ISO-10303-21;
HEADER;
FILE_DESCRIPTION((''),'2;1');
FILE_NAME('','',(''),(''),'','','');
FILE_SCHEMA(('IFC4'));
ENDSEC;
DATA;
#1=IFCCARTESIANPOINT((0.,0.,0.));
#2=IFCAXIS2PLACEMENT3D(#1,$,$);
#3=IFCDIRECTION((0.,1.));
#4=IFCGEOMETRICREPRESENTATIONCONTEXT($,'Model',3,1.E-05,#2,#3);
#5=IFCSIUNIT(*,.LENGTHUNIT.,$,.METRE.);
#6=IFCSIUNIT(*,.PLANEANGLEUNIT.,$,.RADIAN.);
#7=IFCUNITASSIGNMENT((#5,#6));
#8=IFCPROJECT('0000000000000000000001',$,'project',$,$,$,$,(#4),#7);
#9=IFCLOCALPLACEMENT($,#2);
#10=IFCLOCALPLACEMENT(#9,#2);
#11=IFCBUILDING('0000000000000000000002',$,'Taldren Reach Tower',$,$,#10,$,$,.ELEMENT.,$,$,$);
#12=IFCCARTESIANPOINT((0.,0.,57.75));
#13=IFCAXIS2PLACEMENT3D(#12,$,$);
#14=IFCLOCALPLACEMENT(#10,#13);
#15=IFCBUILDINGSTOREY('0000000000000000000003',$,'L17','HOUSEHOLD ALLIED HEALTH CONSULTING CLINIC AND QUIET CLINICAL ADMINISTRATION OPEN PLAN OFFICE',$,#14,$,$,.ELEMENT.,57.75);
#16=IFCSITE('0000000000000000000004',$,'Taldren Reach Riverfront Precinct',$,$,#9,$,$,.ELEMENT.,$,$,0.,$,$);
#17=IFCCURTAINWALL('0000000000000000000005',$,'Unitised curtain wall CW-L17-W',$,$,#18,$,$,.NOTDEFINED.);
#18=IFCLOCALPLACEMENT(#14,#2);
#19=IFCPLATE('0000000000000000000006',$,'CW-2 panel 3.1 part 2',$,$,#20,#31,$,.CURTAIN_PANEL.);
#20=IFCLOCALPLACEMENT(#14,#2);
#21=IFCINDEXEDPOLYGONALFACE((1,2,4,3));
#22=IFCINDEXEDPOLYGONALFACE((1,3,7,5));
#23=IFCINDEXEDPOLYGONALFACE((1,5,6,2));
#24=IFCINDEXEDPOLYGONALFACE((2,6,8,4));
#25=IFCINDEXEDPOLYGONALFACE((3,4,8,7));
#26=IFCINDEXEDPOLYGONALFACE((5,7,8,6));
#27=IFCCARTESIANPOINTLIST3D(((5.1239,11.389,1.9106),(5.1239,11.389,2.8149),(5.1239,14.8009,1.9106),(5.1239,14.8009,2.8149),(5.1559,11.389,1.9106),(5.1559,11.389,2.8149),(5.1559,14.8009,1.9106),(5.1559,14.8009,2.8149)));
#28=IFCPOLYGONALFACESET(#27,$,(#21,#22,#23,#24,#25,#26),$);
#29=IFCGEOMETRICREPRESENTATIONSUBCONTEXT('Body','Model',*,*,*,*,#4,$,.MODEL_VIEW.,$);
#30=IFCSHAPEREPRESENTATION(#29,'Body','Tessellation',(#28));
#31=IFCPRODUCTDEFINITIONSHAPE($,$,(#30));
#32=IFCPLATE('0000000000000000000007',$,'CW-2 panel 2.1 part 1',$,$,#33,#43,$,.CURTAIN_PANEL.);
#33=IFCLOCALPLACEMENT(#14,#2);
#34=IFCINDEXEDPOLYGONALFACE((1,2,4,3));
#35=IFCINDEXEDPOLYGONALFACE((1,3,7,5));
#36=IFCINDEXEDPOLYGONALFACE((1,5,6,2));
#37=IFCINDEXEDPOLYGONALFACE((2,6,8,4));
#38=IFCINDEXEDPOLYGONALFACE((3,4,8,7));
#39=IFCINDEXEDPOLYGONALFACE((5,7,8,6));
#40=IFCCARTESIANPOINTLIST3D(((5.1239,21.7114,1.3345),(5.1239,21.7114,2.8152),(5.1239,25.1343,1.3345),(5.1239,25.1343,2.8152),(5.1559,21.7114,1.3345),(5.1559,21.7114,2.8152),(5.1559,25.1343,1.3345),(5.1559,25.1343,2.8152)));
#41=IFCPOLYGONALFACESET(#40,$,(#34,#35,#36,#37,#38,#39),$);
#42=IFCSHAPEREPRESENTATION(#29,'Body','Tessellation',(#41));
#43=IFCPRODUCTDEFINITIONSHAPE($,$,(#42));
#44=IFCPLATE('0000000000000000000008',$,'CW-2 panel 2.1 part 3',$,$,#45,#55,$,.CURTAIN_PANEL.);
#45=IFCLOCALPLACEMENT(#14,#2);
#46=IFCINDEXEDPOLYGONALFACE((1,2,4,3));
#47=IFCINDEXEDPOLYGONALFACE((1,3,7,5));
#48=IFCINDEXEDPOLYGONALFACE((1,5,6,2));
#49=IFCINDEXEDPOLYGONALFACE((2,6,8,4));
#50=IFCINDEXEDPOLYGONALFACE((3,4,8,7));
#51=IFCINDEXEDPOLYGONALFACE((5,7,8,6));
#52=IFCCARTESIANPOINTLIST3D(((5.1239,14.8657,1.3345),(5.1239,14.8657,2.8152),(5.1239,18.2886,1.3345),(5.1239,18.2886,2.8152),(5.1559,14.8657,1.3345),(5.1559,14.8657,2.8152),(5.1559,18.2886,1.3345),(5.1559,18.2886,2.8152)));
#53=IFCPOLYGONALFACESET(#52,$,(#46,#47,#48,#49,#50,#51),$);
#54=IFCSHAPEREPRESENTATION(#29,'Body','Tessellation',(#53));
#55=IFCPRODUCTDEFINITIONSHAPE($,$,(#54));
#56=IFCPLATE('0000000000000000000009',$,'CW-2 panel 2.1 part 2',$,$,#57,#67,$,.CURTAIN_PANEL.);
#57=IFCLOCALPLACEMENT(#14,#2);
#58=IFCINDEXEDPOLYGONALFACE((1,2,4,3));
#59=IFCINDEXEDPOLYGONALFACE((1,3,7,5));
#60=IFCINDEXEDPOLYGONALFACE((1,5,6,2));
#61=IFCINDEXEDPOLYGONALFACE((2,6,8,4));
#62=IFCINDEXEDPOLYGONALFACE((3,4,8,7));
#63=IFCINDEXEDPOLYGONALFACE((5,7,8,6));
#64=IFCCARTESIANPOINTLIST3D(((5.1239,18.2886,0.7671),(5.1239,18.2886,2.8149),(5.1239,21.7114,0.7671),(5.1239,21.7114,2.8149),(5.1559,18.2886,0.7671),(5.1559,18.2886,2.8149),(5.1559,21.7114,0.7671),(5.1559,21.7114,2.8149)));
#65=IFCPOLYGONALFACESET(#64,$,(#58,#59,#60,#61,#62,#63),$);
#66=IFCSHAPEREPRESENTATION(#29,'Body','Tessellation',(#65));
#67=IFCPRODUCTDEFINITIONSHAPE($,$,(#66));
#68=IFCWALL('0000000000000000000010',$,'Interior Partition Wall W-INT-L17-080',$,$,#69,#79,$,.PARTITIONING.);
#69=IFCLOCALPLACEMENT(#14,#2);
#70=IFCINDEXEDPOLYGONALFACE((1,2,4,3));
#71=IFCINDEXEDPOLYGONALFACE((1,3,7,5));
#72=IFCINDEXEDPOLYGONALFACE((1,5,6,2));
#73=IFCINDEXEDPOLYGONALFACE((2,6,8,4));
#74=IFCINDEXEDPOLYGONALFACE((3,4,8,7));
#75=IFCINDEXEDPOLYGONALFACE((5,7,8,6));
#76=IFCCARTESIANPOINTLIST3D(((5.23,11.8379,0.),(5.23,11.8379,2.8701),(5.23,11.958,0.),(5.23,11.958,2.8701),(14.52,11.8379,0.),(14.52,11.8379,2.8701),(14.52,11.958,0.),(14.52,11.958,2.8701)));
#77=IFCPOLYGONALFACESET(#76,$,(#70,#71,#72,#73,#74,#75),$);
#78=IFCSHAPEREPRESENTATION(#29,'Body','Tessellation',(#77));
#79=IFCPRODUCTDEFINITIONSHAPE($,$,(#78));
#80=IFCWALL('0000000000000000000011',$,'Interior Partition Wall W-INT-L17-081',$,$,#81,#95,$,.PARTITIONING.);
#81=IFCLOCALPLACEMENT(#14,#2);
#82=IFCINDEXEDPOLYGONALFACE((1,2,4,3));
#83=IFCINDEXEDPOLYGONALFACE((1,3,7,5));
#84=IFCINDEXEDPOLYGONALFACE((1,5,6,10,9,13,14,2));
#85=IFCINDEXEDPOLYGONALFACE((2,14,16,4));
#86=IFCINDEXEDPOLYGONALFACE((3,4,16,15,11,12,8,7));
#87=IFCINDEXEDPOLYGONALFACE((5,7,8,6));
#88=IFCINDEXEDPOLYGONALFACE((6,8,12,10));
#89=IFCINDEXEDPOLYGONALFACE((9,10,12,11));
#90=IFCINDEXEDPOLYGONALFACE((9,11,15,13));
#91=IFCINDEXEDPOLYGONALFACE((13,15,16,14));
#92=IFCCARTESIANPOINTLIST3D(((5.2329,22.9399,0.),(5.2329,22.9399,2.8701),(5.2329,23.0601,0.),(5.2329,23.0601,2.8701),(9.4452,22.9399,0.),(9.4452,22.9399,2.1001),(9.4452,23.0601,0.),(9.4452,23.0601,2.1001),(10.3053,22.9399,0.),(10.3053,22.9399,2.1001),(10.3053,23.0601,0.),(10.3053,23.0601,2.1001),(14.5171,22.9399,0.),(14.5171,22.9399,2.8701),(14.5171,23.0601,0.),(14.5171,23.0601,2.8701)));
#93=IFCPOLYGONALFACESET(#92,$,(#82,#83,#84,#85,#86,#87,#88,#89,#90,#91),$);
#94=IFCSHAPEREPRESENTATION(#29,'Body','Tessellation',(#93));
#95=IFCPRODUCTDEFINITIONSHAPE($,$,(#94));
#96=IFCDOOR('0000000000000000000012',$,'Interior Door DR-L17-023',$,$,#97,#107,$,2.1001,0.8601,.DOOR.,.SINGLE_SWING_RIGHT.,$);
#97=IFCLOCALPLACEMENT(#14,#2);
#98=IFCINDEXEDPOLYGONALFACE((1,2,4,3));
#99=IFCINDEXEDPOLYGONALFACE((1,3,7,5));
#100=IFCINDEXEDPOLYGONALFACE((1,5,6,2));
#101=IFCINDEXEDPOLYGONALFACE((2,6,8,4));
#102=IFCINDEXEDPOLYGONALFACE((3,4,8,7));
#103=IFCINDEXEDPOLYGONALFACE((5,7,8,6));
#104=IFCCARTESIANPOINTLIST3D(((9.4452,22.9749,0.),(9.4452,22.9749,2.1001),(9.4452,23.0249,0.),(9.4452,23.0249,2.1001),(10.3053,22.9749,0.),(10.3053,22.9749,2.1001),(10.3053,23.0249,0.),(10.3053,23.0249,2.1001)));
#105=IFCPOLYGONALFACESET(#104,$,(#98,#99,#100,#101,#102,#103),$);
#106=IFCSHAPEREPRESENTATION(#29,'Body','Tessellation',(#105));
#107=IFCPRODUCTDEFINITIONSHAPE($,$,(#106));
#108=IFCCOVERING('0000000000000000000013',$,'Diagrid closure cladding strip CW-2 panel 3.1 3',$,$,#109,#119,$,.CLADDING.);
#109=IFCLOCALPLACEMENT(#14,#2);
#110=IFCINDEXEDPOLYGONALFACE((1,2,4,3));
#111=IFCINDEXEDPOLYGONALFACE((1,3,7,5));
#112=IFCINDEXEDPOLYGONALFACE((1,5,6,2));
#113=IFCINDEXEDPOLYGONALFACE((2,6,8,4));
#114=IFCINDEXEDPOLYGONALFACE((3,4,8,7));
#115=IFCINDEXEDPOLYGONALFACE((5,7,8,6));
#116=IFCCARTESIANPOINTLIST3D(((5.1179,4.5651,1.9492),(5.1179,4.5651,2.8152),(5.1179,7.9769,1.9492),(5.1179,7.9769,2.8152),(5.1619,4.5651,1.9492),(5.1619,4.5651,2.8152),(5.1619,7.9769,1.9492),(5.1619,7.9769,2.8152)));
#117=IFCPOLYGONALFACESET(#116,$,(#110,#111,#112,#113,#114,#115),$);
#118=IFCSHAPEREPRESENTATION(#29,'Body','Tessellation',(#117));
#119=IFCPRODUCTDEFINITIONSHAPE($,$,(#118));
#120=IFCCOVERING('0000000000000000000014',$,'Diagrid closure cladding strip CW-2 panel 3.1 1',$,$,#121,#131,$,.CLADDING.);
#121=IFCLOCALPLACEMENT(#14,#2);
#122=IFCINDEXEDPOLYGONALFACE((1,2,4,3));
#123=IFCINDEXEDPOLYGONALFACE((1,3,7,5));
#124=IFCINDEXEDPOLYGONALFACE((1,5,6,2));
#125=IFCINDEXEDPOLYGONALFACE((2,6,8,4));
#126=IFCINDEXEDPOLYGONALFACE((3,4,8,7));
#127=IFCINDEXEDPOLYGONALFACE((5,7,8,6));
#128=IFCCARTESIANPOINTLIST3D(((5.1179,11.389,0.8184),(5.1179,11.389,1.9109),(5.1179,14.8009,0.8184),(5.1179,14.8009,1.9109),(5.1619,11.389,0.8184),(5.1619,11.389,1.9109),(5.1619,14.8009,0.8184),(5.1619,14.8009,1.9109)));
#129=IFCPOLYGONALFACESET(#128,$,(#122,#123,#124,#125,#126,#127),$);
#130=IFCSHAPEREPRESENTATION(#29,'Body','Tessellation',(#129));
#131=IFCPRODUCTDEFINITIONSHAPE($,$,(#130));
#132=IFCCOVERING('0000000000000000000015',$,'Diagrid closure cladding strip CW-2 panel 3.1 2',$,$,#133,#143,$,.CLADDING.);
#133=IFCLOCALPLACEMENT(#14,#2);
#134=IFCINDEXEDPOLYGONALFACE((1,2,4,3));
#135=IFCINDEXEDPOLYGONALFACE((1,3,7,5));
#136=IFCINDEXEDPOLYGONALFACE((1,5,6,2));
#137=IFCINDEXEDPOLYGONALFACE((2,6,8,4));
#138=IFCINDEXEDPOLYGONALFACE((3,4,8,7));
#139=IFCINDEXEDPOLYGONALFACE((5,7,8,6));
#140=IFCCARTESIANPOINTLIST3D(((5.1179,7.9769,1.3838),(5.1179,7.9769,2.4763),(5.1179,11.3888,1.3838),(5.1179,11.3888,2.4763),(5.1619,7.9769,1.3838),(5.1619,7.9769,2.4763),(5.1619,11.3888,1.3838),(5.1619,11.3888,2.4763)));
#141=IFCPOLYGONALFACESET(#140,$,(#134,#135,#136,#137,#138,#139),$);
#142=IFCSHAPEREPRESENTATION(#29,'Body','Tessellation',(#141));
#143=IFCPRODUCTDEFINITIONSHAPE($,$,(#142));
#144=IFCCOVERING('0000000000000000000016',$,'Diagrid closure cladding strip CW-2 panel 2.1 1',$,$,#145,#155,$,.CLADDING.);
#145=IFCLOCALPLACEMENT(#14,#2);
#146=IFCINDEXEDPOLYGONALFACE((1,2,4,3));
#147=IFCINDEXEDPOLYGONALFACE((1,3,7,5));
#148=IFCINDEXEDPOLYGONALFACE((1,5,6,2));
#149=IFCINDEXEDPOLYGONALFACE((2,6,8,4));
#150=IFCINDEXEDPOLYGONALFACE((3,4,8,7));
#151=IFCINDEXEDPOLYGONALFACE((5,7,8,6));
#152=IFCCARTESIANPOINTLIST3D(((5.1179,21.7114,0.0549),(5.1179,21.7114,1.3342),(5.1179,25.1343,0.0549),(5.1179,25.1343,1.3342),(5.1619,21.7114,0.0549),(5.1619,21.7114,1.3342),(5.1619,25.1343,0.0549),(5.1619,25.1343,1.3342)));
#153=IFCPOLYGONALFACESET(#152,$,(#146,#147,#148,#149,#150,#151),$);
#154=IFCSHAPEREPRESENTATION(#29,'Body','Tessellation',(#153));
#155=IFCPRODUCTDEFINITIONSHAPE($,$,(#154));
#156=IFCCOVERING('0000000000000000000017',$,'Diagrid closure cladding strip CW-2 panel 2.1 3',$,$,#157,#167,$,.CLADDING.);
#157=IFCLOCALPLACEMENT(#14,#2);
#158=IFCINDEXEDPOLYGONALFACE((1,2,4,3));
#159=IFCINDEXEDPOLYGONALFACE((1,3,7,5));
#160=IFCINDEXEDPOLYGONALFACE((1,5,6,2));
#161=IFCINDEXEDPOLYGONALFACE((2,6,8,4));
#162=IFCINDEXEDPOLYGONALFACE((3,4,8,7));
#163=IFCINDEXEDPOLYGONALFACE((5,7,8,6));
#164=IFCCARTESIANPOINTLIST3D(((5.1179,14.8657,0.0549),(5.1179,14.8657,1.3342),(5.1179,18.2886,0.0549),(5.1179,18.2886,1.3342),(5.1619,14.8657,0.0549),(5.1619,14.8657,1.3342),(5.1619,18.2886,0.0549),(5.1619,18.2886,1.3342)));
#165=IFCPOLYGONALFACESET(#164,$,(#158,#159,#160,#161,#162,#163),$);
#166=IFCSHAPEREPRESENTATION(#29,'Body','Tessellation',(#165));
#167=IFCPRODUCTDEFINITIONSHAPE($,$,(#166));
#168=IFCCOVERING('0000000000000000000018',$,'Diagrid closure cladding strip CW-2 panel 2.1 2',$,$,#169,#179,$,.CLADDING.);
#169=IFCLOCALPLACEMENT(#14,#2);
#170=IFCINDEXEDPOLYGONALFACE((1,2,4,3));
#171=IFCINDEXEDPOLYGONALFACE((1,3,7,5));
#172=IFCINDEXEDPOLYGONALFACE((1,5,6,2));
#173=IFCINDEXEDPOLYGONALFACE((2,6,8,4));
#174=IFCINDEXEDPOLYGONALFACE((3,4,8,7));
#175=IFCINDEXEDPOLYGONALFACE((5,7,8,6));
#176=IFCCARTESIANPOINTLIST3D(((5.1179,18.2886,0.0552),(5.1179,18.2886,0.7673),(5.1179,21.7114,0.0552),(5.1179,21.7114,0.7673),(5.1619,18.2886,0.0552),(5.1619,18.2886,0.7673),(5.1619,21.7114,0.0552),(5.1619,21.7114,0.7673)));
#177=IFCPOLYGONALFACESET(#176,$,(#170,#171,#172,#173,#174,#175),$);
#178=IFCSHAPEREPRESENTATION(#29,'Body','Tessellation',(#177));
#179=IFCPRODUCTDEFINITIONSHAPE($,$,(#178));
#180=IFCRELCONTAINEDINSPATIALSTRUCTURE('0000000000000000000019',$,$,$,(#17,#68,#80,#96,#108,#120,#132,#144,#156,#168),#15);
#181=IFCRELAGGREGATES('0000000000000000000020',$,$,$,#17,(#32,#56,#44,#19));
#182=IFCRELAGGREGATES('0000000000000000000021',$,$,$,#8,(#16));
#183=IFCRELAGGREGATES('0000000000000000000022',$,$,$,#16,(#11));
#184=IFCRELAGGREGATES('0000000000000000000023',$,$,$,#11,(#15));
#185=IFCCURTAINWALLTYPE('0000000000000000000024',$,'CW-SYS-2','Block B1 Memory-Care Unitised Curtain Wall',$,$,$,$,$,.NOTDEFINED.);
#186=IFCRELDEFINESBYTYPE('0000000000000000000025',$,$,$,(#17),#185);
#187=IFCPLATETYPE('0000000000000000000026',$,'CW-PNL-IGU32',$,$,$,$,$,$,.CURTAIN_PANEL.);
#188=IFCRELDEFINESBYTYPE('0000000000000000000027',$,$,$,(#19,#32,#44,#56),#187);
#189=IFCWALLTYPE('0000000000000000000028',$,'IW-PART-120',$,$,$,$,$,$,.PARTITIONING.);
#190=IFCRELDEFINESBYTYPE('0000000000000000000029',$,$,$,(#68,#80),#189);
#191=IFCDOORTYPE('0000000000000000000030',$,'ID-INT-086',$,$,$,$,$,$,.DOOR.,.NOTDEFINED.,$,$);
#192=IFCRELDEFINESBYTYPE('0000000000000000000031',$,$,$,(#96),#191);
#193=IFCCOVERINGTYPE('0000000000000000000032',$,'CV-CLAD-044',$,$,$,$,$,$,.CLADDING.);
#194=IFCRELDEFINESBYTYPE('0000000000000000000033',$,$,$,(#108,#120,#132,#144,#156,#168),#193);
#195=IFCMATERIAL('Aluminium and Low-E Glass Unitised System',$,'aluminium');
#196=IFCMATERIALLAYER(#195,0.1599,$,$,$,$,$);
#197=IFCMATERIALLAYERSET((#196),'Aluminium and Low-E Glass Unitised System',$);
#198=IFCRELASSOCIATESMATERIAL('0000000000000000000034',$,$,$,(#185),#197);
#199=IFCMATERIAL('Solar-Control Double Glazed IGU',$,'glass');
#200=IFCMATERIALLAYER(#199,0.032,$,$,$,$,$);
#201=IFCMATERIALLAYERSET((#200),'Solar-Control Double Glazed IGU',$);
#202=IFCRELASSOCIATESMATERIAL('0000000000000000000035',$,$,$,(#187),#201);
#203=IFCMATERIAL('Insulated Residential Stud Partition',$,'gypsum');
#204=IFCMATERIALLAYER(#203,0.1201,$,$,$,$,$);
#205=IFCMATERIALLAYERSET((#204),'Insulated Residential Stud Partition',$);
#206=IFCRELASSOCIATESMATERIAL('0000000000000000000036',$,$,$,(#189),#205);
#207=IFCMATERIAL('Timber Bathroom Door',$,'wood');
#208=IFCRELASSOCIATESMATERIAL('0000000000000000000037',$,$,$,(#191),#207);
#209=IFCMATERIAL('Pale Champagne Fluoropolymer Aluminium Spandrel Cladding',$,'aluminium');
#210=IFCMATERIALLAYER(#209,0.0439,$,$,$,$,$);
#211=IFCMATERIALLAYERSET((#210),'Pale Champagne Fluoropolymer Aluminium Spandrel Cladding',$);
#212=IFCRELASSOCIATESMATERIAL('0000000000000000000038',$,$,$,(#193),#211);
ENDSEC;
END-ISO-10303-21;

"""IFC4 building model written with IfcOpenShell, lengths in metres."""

from ifc_helpers import new_model, si_unit, direction, frame, frame_2d, origin, origin_2d, place, context, subcontext, project, spatial, rectangle, extrude, source, transform, mapped, material, layer, layer_set, type_object, element, fill, aggregate, save


model = new_model("IFC4")

# Units and contexts
model_context = context("Model", 3, precision=1e-05, world=origin(), true_north=direction((0.0, 1.0)))
body_context = subcontext(model_context, "Body", "Model", "MODEL_VIEW")
ifc_project = project(units=[si_unit("LENGTHUNIT", "METRE"), si_unit("PLANEANGLEUNIT", "RADIAN")], contexts=[model_context])

# Site, building, storey
site_placement = place(None, origin())
site = spatial("IfcSite", under=ifc_project, at=site_placement, Name="Taldren Reach Riverfront Precinct", CompositionType="ELEMENT", RefElevation=0.0)
building_placement = place(site_placement, origin())
building = spatial("IfcBuilding", under=site, at=building_placement, Name="Taldren Reach Tower", CompositionType="ELEMENT")
storey_placement = place(building_placement, frame((0.0, 0.0, 57.75)))
storey = spatial("IfcBuildingStorey", under=building, at=storey_placement, Name="L17", Description="HOUSEHOLD ALLIED HEALTH CONSULTING CLINIC AND QUIET CLINICAL ADMINISTRATION OPEN PLAN OFFICE", CompositionType="ELEMENT", Elevation=57.75)

# Curtain wall
ifc_material_1 = material(Name="Aluminium and Low-E Glass Unitised System", Category="aluminium")
ifc_layer_1 = layer(ifc_material_1, 0.1599)
ifc_layer_set_1 = layer_set([ifc_layer_1], Name="Aluminium and Low-E Glass Unitised System")
curtain_wall_type = type_object("IfcCurtainWallType", Name="CW-SYS-2", Description="Block B1 Memory-Care Unitised Curtain Wall", PredefinedType="NOTDEFINED", material=ifc_layer_set_1)
curtain_wall_placement = place(storey_placement, origin())
curtain_wall = element("IfcCurtainWall", 1, at=curtain_wall_placement, inside=storey, type_object=curtain_wall_type, Name="Unitised curtain wall CW-L17-W", PredefinedType="NOTDEFINED")

# Plates
ifc_material_2 = material(Name="Solar-Control Double Glazed IGU", Category="glass")
ifc_layer_2 = layer(ifc_material_2, 0.032)
ifc_layer_set_2 = layer_set([ifc_layer_2], Name="Solar-Control Double Glazed IGU")
plate_type_1 = type_object("IfcPlateType", Name="CW-PNL-IGU32", PredefinedType="CURTAIN_PANEL", material=ifc_layer_set_2)
shared_shape_1 = source(origin(), body_context, "Body", "SweptSolid", [
    extrude(rectangle(XDim=3.4119, YDim=0.032, at=origin_2d()), origin(), (0.0, 0.0, 1.0), 0.9043),
])
plate_1_placement = place(storey_placement, frame((5.1399, 13.095, 1.9106), z_axis=(0.0, 0.0, 1.0), x_axis=(0.0, -1.0, 0.0)))
plate_1 = element("IfcPlate", 2, at=plate_1_placement, type_object=plate_type_1, Name="CW-2 panel 3.1 part 2", PredefinedType="CURTAIN_PANEL", context=body_context, shape_type="MappedRepresentation", body=[
    mapped(shared_shape_1, transform((0.0, 0.0, 0.0), scale=1.0)),
])
shared_shape_2 = source(origin(), body_context, "Body", "SweptSolid", [
    extrude(rectangle(XDim=3.4229, YDim=0.032, at=origin_2d()), origin(), (0.0, 0.0, 1.0), 1.4807),
])
plate_2_placement = place(storey_placement, frame((5.1399, 23.4229, 1.3345), z_axis=(0.0, 0.0, 1.0), x_axis=(0.0, -1.0, 0.0)))
plate_2 = element("IfcPlate", 3, at=plate_2_placement, type_object=plate_type_1, Name="CW-2 panel 2.1 part 1", PredefinedType="CURTAIN_PANEL", context=body_context, shape_type="MappedRepresentation", body=[
    mapped(shared_shape_2, transform((0.0, 0.0, 0.0), scale=1.0)),
])
plate_3_placement = place(storey_placement, frame((5.1399, 16.5771, 1.3345), z_axis=(0.0, 0.0, 1.0), x_axis=(0.0, -1.0, 0.0)))
plate_3 = element("IfcPlate", 4, at=plate_3_placement, type_object=plate_type_1, Name="CW-2 panel 2.1 part 3", PredefinedType="CURTAIN_PANEL", context=body_context, shape_type="MappedRepresentation", body=[
    mapped(shared_shape_2, transform((0.0, 0.0, 0.0), scale=1.0)),
])
shared_shape_3 = source(origin(), body_context, "Body", "SweptSolid", [
    extrude(rectangle(XDim=3.4229, YDim=0.032, at=origin_2d()), origin(), (0.0, 0.0, 1.0), 2.0479),
])
plate_4_placement = place(storey_placement, frame((5.1399, 20.0, 0.7671), z_axis=(0.0, 0.0, 1.0), x_axis=(0.0, -1.0, 0.0)))
plate_4 = element("IfcPlate", 5, at=plate_4_placement, type_object=plate_type_1, Name="CW-2 panel 2.1 part 2", PredefinedType="CURTAIN_PANEL", context=body_context, shape_type="MappedRepresentation", body=[
    mapped(shared_shape_3, transform((0.0, 0.0, 0.0), scale=1.0)),
])
aggregate(curtain_wall, [plate_2, plate_4, plate_3, plate_1])

# Wall
ifc_material_3 = material(Name="Insulated Residential Stud Partition", Category="gypsum")
ifc_layer_3 = layer(ifc_material_3, 0.1201)
ifc_layer_set_3 = layer_set([ifc_layer_3], Name="Insulated Residential Stud Partition")
wall_type = type_object("IfcWallType", Name="IW-PART-120", PredefinedType="PARTITIONING", material=ifc_layer_set_3)
shared_shape_4 = source(origin(), body_context, "Body", "SweptSolid", [
    extrude(rectangle(XDim=9.29, YDim=0.1201, at=frame_2d((4.645, 0.0))), origin(), (0.0, 0.0, 1.0), 2.8701),
])
wall_1_placement = place(storey_placement, frame((5.23, 11.8979, 0.0), z_axis=(0.0, 0.0, 1.0), x_axis=(1.0, 0.0, 0.0)))
element("IfcWall", 6, at=wall_1_placement, inside=storey, type_object=wall_type, Name="Interior Partition Wall W-INT-L17-080", PredefinedType="PARTITIONING", context=body_context, shape_type="MappedRepresentation", body=[
    mapped(shared_shape_4, transform((0.0, 0.0, 0.0), scale=1.0)),
])

# Wall, opening, door
shared_shape_5 = source(origin(), body_context, "Body", "SweptSolid", [
    extrude(rectangle(XDim=9.2842, YDim=0.1201, at=frame_2d((4.6421, 0.0))), origin(), (0.0, 0.0, 1.0), 2.8701),
])
wall_2_placement = place(storey_placement, frame((5.2329, 23.0, 0.0), z_axis=(0.0, 0.0, 1.0), x_axis=(1.0, 0.0, 0.0)))
wall_2 = element("IfcWall", 7, at=wall_2_placement, inside=storey, type_object=wall_type, Name="Interior Partition Wall W-INT-L17-081", PredefinedType="PARTITIONING", context=body_context, shape_type="MappedRepresentation", body=[
    mapped(shared_shape_5, transform((0.0, 0.0, 0.0), scale=1.0)),
])
shared_shape_6 = source(origin(), body_context, "Body", "SweptSolid", [
    extrude(rectangle(XDim=0.8601, YDim=2.1001, at=frame_2d((0.4302, 1.05))), frame((0.0, 0.0701, 0.0), z_axis=(0.0, -1.0, 0.0), x_axis=(1.0, 0.0, 0.0)), (0.0, 0.0, 1.0), 0.1401),
])
opening_placement = place(wall_2_placement, frame((4.2122, 0.0, 0.0)))
opening = element("IfcOpeningElement", 8, at=opening_placement, cuts=wall_2, PredefinedType="OPENING", context=body_context, shape_type="MappedRepresentation", body=[
    mapped(shared_shape_6, transform((0.0, 0.0, 0.0), scale=1.0)),
])
ifc_material_4 = material(Name="Timber Bathroom Door", Category="wood")
door_type = type_object("IfcDoorType", Name="ID-INT-086", OperationType="NOTDEFINED", PredefinedType="DOOR", material=ifc_material_4)
shared_shape_7 = source(origin(), body_context, "Body", "SweptSolid", [
    extrude(rectangle(XDim=0.8601, YDim=2.1001, at=frame_2d((0.4302, 1.05))), frame((0.0, 0.0249, 0.0), z_axis=(0.0, -1.0, 0.0), x_axis=(1.0, 0.0, 0.0)), (0.0, 0.0, 1.0), 0.05),
])
door_placement = place(opening_placement, origin())
door = element("IfcDoor", 9, at=door_placement, inside=storey, type_object=door_type, Name="Interior Door DR-L17-023", OperationType="SINGLE_SWING_RIGHT", OverallHeight=2.1001, OverallWidth=0.8601, PredefinedType="DOOR", context=body_context, shape_type="MappedRepresentation", body=[
    mapped(shared_shape_7, transform((0.0, 0.0, 0.0), scale=1.0)),
])
fill(opening, door)

# Coverings
ifc_material_5 = material(Name="Pale Champagne Fluoropolymer Aluminium Spandrel Cladding", Category="aluminium")
ifc_layer_4 = layer(ifc_material_5, 0.0439)
ifc_layer_set_4 = layer_set([ifc_layer_4], Name="Pale Champagne Fluoropolymer Aluminium Spandrel Cladding")
covering_type = type_object("IfcCoveringType", Name="CV-CLAD-044", PredefinedType="CLADDING", material=ifc_layer_set_4)
shared_shape_8 = source(origin(), body_context, "Body", "SweptSolid", [
    extrude(rectangle(XDim=3.4119, YDim=0.0439, at=origin_2d()), origin(), (0.0, 0.0, 1.0), 0.866),
])
covering_1_placement = place(storey_placement, frame((5.1399, 6.271, 1.9492), z_axis=(0.0, 0.0, 1.0), x_axis=(0.0, -1.0, 0.0)))
element("IfcCovering", 10, at=covering_1_placement, inside=storey, type_object=covering_type, Name="Diagrid closure cladding strip CW-2 panel 3.1 3", PredefinedType="CLADDING", context=body_context, shape_type="MappedRepresentation", body=[
    mapped(shared_shape_8, transform((0.0, 0.0, 0.0), scale=1.0)),
])
shared_shape_9 = source(origin(), body_context, "Body", "SweptSolid", [
    extrude(rectangle(XDim=3.4119, YDim=0.0439, at=origin_2d()), origin(), (0.0, 0.0, 1.0), 1.0925),
])
for number, where, z_axis, x_axis, name in (
    (11, (5.1399, 13.095, 0.8184), (0.0, 0.0, 1.0), (0.0, -1.0, 0.0), "Diagrid closure cladding strip CW-2 panel 3.1 1"),
    (12, (5.1399, 9.6829, 1.3838), (0.0, 0.0, 1.0), (0.0, -1.0, 0.0), "Diagrid closure cladding strip CW-2 panel 3.1 2"),
):
    element("IfcCovering", number, at=place(storey_placement, frame(where, z_axis=z_axis, x_axis=x_axis)), inside=storey, type_object=covering_type, Name=name, PredefinedType="CLADDING", context=body_context, shape_type="MappedRepresentation", body=[
        mapped(shared_shape_9, transform((0.0, 0.0, 0.0), scale=1.0)),
    ])
shared_shape_10 = source(origin(), body_context, "Body", "SweptSolid", [
    extrude(rectangle(XDim=3.4229, YDim=0.0439, at=origin_2d()), origin(), (0.0, 0.0, 1.0), 1.2793),
])
for number, where, z_axis, x_axis, name in (
    (13, (5.1399, 23.4229, 0.0549), (0.0, 0.0, 1.0), (0.0, -1.0, 0.0), "Diagrid closure cladding strip CW-2 panel 2.1 1"),
    (14, (5.1399, 16.5771, 0.0549), (0.0, 0.0, 1.0), (0.0, -1.0, 0.0), "Diagrid closure cladding strip CW-2 panel 2.1 3"),
):
    element("IfcCovering", number, at=place(storey_placement, frame(where, z_axis=z_axis, x_axis=x_axis)), inside=storey, type_object=covering_type, Name=name, PredefinedType="CLADDING", context=body_context, shape_type="MappedRepresentation", body=[
        mapped(shared_shape_10, transform((0.0, 0.0, 0.0), scale=1.0)),
    ])
shared_shape_11 = source(origin(), body_context, "Body", "SweptSolid", [
    extrude(rectangle(XDim=3.4229, YDim=0.0439, at=origin_2d()), origin(), (0.0, 0.0, 1.0), 0.7122),
])
covering_2_placement = place(storey_placement, frame((5.1399, 20.0, 0.0552), z_axis=(0.0, 0.0, 1.0), x_axis=(0.0, -1.0, 0.0)))
element("IfcCovering", 15, at=covering_2_placement, inside=storey, type_object=covering_type, Name="Diagrid closure cladding strip CW-2 panel 2.1 2", PredefinedType="CLADDING", context=body_context, shape_type="MappedRepresentation", body=[
    mapped(shared_shape_11, transform((0.0, 0.0, 0.0), scale=1.0)),
])

save(model, "model.ifc")
